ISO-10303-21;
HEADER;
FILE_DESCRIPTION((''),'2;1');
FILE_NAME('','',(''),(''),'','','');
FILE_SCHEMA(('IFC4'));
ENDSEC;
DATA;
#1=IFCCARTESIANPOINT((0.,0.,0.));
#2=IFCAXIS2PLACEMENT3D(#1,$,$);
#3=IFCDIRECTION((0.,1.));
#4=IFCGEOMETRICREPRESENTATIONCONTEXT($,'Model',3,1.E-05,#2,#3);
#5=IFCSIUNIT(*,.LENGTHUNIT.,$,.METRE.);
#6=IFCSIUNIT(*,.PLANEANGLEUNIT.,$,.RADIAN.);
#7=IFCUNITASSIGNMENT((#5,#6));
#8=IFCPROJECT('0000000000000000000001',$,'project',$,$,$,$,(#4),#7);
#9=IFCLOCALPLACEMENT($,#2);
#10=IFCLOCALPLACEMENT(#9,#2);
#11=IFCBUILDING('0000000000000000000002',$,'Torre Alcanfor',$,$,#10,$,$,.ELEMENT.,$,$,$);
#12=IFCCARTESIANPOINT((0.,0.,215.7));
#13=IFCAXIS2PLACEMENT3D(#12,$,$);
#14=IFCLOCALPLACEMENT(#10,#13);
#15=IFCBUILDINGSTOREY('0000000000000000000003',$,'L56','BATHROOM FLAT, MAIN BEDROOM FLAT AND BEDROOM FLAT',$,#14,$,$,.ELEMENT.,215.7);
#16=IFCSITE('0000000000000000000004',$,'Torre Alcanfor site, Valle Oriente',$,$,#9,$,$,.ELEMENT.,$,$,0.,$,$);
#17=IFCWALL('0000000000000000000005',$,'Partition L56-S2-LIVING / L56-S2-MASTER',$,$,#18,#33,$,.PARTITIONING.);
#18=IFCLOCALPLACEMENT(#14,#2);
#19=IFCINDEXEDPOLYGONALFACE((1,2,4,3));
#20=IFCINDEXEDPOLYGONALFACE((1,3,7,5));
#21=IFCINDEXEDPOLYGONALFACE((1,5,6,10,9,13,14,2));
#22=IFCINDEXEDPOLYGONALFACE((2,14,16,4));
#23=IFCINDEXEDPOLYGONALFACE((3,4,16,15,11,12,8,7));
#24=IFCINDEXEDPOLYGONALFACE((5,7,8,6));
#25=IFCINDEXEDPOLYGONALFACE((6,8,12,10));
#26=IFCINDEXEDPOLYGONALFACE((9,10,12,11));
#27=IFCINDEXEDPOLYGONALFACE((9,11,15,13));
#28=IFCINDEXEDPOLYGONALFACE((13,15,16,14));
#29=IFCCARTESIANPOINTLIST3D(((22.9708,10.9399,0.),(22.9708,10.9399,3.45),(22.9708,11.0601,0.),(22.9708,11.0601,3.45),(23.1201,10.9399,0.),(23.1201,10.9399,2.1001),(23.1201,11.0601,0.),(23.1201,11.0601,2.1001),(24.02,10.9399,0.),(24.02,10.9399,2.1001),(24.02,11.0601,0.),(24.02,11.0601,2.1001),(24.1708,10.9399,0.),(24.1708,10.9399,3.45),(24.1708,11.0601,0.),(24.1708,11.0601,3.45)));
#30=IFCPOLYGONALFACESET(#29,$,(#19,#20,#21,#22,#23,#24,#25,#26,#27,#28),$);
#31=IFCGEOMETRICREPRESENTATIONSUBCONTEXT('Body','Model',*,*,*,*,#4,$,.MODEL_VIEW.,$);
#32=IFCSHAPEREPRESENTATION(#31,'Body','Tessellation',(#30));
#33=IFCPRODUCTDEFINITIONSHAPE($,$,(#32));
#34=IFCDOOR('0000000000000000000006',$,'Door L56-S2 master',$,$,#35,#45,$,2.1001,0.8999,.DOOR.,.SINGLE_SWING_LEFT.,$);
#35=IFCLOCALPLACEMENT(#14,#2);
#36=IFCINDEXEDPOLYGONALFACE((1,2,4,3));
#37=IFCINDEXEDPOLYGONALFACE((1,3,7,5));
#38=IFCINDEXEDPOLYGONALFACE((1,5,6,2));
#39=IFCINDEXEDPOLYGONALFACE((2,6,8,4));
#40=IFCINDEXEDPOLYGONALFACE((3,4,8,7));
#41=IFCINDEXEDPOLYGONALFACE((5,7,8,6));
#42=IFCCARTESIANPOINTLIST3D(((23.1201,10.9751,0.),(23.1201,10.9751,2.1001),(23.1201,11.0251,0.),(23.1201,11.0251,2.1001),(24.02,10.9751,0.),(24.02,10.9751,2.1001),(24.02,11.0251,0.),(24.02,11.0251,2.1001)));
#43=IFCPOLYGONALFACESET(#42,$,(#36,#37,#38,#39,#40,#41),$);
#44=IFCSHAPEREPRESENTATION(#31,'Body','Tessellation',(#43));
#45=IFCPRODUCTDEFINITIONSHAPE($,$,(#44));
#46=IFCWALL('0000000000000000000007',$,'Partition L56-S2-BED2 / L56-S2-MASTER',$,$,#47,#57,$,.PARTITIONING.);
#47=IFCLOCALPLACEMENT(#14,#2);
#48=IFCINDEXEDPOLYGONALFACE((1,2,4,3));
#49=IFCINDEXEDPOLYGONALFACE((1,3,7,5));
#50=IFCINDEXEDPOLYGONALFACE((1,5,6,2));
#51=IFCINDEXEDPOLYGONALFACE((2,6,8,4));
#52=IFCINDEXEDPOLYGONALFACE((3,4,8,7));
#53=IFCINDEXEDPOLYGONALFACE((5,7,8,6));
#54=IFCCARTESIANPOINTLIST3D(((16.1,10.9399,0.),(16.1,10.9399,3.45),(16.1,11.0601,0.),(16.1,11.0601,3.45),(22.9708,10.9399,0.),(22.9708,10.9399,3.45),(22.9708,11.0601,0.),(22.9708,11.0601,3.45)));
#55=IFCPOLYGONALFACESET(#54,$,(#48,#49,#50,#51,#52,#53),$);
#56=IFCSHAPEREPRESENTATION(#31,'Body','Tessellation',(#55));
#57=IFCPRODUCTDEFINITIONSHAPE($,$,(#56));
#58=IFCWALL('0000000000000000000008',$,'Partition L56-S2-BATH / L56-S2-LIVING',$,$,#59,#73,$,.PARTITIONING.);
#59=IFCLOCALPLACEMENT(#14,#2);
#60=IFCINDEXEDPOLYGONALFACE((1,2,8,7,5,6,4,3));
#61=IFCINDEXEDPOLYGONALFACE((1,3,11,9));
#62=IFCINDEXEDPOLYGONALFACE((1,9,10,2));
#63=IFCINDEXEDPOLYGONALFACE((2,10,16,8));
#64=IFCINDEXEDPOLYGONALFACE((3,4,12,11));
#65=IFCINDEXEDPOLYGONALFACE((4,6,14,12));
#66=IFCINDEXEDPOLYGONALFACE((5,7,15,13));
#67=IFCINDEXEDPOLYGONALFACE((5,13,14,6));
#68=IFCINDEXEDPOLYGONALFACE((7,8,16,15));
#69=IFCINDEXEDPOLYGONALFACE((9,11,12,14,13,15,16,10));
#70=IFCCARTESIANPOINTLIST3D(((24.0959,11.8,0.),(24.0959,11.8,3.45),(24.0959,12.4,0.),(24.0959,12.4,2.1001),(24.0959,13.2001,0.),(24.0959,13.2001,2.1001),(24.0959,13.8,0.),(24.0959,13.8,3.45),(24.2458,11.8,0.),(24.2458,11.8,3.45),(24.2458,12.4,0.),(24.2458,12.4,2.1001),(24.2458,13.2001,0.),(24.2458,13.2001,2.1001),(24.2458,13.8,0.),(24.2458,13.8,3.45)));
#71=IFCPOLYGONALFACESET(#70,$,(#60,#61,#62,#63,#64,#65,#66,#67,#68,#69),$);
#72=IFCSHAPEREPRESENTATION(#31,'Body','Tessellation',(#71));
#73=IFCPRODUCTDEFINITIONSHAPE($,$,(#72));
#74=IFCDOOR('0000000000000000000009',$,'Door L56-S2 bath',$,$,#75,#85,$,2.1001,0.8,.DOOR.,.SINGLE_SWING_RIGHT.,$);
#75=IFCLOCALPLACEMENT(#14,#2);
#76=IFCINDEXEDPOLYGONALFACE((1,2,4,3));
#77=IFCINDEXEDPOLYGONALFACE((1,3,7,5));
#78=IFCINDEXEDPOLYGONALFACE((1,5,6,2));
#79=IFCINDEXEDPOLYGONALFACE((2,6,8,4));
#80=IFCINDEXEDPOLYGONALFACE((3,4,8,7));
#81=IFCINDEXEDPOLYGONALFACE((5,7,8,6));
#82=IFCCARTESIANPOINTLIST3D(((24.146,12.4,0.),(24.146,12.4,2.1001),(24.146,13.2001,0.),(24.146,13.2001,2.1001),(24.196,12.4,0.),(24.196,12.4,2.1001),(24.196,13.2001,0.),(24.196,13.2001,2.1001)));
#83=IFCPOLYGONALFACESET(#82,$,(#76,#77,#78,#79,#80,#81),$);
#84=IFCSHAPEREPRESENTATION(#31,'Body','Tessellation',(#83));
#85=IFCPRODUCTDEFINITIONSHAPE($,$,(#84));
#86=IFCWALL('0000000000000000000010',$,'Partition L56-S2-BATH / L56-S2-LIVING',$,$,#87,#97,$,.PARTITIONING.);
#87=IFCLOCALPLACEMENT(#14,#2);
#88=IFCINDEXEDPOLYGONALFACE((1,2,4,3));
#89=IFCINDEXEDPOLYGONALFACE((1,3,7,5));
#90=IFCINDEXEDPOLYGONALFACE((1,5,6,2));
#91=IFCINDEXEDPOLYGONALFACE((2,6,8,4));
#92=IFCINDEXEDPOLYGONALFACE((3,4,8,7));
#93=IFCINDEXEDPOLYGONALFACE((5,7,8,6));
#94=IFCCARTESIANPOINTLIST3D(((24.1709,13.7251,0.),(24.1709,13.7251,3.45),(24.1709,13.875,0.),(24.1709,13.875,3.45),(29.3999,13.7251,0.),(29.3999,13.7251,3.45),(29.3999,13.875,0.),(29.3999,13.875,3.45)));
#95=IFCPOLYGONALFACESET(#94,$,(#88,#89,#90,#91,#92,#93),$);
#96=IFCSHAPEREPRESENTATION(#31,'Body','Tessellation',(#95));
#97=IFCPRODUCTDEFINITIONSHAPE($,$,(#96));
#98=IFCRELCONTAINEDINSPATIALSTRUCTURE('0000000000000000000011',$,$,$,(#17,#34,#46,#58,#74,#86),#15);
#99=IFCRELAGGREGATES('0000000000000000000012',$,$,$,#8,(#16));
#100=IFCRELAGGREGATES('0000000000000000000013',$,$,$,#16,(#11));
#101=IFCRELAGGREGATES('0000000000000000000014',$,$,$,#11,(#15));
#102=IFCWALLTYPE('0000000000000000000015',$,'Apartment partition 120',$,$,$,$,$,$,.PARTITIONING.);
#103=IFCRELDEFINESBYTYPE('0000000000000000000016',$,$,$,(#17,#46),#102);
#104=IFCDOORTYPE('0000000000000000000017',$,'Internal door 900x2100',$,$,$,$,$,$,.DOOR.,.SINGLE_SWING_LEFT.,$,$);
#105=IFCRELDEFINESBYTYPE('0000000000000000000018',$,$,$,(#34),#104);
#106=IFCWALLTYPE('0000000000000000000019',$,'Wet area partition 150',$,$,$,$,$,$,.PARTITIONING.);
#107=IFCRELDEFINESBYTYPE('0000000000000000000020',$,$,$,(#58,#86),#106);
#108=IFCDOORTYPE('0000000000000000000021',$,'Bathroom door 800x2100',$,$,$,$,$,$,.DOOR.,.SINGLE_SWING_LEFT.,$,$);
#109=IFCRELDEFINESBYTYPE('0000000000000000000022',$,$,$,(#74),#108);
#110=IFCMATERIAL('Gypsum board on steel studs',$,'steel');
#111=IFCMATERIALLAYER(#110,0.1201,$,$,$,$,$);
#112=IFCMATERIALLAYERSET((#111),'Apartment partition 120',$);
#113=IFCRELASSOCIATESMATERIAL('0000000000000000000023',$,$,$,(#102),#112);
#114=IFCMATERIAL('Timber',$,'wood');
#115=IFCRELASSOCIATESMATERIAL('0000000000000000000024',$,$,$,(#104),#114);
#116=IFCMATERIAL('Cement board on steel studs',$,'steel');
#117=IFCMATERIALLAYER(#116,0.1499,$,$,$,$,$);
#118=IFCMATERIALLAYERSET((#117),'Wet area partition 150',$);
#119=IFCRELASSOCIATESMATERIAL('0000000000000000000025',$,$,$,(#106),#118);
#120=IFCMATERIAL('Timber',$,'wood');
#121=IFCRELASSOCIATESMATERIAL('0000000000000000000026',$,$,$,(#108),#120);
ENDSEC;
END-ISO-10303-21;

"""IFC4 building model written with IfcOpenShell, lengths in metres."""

from ifc_helpers import new_model, si_unit, direction, frame, frame_2d, origin, place, context, subcontext, project, spatial, rectangle, extrude, material, layer, layer_set, type_object, element, fill, save


model = new_model("IFC4")

# Units and contexts
model_context = context("Model", 3, precision=1e-05, world=origin(), true_north=direction((0.0, 1.0)))
body_context = subcontext(model_context, "Body", "Model", "MODEL_VIEW")
ifc_project = project(units=[si_unit("LENGTHUNIT", "METRE"), si_unit("PLANEANGLEUNIT", "RADIAN")], contexts=[model_context])

# Site, building, storey
site_placement = place(None, origin())
site = spatial("IfcSite", under=ifc_project, at=site_placement, Name="Torre Alcanfor site, Valle Oriente", CompositionType="ELEMENT", RefElevation=0.0)
building_placement = place(site_placement, origin())
building = spatial("IfcBuilding", under=site, at=building_placement, Name="Torre Alcanfor", CompositionType="ELEMENT")
storey_placement = place(building_placement, frame((0.0, 0.0, 215.7)))
storey = spatial("IfcBuildingStorey", under=building, at=storey_placement, Name="L56", Description="BATHROOM FLAT, MAIN BEDROOM FLAT AND BEDROOM FLAT", CompositionType="ELEMENT", Elevation=215.7)

# Shared definitions
ifc_material_1 = material(Name="Gypsum board on steel studs", Category="steel")
ifc_layer_1 = layer(ifc_material_1, 0.1201)
ifc_layer_set_1 = layer_set([ifc_layer_1], Name="Apartment partition 120")
wall_type_1 = type_object("IfcWallType", Name="Apartment partition 120", PredefinedType="PARTITIONING", material=ifc_layer_set_1)
ifc_material_2 = material(Name="Timber", Category="wood")
door_type_1 = type_object("IfcDoorType", Name="Internal door 900x2100", OperationType="SINGLE_SWING_LEFT", PredefinedType="DOOR", material=ifc_material_2)

# Wall, opening, door
wall_1_placement = place(storey_placement, frame((24.1709, 11.0, 0.0), z_axis=(0.0, 0.0, 1.0), x_axis=(-1.0, 0.0, 0.0)))
wall_1 = element("IfcWall", 1, at=wall_1_placement, inside=storey, type_object=wall_type_1, Name="Partition L56-S2-LIVING / L56-S2-MASTER", PredefinedType="PARTITIONING", context=body_context, shape_type="SweptSolid", body=[
    extrude(rectangle(XDim=1.2, YDim=0.1201, at=frame_2d((0.6001, 0.0))), origin(), (0.0, 0.0, 1.0), 3.45),
])
opening_1_placement = place(wall_1_placement, frame((0.1509, 0.0, 0.0)))
opening_1 = element("IfcOpeningElement", 2, at=opening_1_placement, cuts=wall_1, PredefinedType="OPENING", context=body_context, shape_type="SweptSolid", body=[
    extrude(rectangle(XDim=0.8999, YDim=2.1001, at=frame_2d((0.45, 1.05))), frame((0.0, 0.0701, 0.0), z_axis=(0.0, -1.0, 0.0), x_axis=(1.0, 0.0, 0.0)), (0.0, 0.0, 1.0), 0.1401),
])
door_1_placement = place(opening_1_placement, origin())
door_1 = element("IfcDoor", 3, at=door_1_placement, inside=storey, type_object=door_type_1, Name="Door L56-S2 master", OperationType="SINGLE_SWING_LEFT", OverallHeight=2.1001, OverallWidth=0.8999, PredefinedType="DOOR", context=body_context, shape_type="SweptSolid", body=[
    extrude(rectangle(XDim=0.8999, YDim=2.1001, at=frame_2d((0.45, 1.05))), frame((0.0, 0.0249, 0.0), z_axis=(0.0, -1.0, 0.0), x_axis=(1.0, 0.0, 0.0)), (0.0, 0.0, 1.0), 0.05),
])
fill(opening_1, door_1)

# Wall
wall_2_placement = place(storey_placement, frame((22.9709, 11.0, 0.0), z_axis=(0.0, 0.0, 1.0), x_axis=(-1.0, 0.0, 0.0)))
element("IfcWall", 4, at=wall_2_placement, inside=storey, type_object=wall_type_1, Name="Partition L56-S2-BED2 / L56-S2-MASTER", PredefinedType="PARTITIONING", context=body_context, shape_type="SweptSolid", body=[
    extrude(rectangle(XDim=6.8708, YDim=0.1201, at=frame_2d((3.4355, 0.0))), origin(), (0.0, 0.0, 1.0), 3.45),
])

# Wall, opening, door
ifc_material_3 = material(Name="Cement board on steel studs", Category="steel")
ifc_layer_2 = layer(ifc_material_3, 0.1499)
ifc_layer_set_2 = layer_set([ifc_layer_2], Name="Wet area partition 150")
wall_type_2 = type_object("IfcWallType", Name="Wet area partition 150", PredefinedType="PARTITIONING", material=ifc_layer_set_2)
wall_3_placement = place(storey_placement, frame((24.1709, 11.8, 0.0), z_axis=(0.0, 0.0, 1.0), x_axis=(0.0, 1.0, 0.0)))
wall_3 = element("IfcWall", 5, at=wall_3_placement, inside=storey, type_object=wall_type_2, Name="Partition L56-S2-BATH / L56-S2-LIVING", PredefinedType="PARTITIONING", context=body_context, shape_type="SweptSolid", body=[
    extrude(rectangle(XDim=2.0, YDim=0.1499, at=frame_2d((1.0, 0.0))), origin(), (0.0, 0.0, 1.0), 3.45),
])
opening_2_placement = place(wall_3_placement, frame((0.6001, 0.0, 0.0)))
opening_2 = element("IfcOpeningElement", 6, at=opening_2_placement, cuts=wall_3, PredefinedType="OPENING", context=body_context, shape_type="SweptSolid", body=[
    extrude(rectangle(XDim=0.8, YDim=2.1001, at=frame_2d((0.3999, 1.05))), frame((0.0, 0.085, 0.0), z_axis=(0.0, -1.0, 0.0), x_axis=(1.0, 0.0, 0.0)), (0.0, 0.0, 1.0), 0.1699),
])
ifc_material_4 = material(Name="Timber", Category="wood")
door_type_2 = type_object("IfcDoorType", Name="Bathroom door 800x2100", OperationType="SINGLE_SWING_LEFT", PredefinedType="DOOR", material=ifc_material_4)
door_2_placement = place(opening_2_placement, frame((0.8, 0.0, 0.0), z_axis=(0.0, 0.0, 1.0), x_axis=(-1.0, 0.0, 0.0)))
door_2 = element("IfcDoor", 7, at=door_2_placement, inside=storey, type_object=door_type_2, Name="Door L56-S2 bath", OperationType="SINGLE_SWING_RIGHT", OverallHeight=2.1001, OverallWidth=0.8, PredefinedType="DOOR", context=body_context, shape_type="SweptSolid", body=[
    extrude(rectangle(XDim=0.8, YDim=2.1001, at=frame_2d((0.4001, 1.05))), frame((0.0, 0.0251, 0.0), z_axis=(0.0, -1.0, 0.0), x_axis=(1.0, 0.0, 0.0)), (0.0, 0.0, 1.0), 0.05),
])
fill(opening_2, door_2)

# Wall
wall_4_placement = place(storey_placement, frame((24.1709, 13.8, 0.0), z_axis=(0.0, 0.0, 1.0), x_axis=(1.0, 0.0, 0.0)))
element("IfcWall", 8, at=wall_4_placement, inside=storey, type_object=wall_type_2, Name="Partition L56-S2-BATH / L56-S2-LIVING", PredefinedType="PARTITIONING", context=body_context, shape_type="SweptSolid", body=[
    extrude(rectangle(XDim=5.229, YDim=0.1499, at=frame_2d((2.6145, 0.0))), origin(), (0.0, 0.0, 1.0), 3.45),
])

save(model, "model.ifc")
